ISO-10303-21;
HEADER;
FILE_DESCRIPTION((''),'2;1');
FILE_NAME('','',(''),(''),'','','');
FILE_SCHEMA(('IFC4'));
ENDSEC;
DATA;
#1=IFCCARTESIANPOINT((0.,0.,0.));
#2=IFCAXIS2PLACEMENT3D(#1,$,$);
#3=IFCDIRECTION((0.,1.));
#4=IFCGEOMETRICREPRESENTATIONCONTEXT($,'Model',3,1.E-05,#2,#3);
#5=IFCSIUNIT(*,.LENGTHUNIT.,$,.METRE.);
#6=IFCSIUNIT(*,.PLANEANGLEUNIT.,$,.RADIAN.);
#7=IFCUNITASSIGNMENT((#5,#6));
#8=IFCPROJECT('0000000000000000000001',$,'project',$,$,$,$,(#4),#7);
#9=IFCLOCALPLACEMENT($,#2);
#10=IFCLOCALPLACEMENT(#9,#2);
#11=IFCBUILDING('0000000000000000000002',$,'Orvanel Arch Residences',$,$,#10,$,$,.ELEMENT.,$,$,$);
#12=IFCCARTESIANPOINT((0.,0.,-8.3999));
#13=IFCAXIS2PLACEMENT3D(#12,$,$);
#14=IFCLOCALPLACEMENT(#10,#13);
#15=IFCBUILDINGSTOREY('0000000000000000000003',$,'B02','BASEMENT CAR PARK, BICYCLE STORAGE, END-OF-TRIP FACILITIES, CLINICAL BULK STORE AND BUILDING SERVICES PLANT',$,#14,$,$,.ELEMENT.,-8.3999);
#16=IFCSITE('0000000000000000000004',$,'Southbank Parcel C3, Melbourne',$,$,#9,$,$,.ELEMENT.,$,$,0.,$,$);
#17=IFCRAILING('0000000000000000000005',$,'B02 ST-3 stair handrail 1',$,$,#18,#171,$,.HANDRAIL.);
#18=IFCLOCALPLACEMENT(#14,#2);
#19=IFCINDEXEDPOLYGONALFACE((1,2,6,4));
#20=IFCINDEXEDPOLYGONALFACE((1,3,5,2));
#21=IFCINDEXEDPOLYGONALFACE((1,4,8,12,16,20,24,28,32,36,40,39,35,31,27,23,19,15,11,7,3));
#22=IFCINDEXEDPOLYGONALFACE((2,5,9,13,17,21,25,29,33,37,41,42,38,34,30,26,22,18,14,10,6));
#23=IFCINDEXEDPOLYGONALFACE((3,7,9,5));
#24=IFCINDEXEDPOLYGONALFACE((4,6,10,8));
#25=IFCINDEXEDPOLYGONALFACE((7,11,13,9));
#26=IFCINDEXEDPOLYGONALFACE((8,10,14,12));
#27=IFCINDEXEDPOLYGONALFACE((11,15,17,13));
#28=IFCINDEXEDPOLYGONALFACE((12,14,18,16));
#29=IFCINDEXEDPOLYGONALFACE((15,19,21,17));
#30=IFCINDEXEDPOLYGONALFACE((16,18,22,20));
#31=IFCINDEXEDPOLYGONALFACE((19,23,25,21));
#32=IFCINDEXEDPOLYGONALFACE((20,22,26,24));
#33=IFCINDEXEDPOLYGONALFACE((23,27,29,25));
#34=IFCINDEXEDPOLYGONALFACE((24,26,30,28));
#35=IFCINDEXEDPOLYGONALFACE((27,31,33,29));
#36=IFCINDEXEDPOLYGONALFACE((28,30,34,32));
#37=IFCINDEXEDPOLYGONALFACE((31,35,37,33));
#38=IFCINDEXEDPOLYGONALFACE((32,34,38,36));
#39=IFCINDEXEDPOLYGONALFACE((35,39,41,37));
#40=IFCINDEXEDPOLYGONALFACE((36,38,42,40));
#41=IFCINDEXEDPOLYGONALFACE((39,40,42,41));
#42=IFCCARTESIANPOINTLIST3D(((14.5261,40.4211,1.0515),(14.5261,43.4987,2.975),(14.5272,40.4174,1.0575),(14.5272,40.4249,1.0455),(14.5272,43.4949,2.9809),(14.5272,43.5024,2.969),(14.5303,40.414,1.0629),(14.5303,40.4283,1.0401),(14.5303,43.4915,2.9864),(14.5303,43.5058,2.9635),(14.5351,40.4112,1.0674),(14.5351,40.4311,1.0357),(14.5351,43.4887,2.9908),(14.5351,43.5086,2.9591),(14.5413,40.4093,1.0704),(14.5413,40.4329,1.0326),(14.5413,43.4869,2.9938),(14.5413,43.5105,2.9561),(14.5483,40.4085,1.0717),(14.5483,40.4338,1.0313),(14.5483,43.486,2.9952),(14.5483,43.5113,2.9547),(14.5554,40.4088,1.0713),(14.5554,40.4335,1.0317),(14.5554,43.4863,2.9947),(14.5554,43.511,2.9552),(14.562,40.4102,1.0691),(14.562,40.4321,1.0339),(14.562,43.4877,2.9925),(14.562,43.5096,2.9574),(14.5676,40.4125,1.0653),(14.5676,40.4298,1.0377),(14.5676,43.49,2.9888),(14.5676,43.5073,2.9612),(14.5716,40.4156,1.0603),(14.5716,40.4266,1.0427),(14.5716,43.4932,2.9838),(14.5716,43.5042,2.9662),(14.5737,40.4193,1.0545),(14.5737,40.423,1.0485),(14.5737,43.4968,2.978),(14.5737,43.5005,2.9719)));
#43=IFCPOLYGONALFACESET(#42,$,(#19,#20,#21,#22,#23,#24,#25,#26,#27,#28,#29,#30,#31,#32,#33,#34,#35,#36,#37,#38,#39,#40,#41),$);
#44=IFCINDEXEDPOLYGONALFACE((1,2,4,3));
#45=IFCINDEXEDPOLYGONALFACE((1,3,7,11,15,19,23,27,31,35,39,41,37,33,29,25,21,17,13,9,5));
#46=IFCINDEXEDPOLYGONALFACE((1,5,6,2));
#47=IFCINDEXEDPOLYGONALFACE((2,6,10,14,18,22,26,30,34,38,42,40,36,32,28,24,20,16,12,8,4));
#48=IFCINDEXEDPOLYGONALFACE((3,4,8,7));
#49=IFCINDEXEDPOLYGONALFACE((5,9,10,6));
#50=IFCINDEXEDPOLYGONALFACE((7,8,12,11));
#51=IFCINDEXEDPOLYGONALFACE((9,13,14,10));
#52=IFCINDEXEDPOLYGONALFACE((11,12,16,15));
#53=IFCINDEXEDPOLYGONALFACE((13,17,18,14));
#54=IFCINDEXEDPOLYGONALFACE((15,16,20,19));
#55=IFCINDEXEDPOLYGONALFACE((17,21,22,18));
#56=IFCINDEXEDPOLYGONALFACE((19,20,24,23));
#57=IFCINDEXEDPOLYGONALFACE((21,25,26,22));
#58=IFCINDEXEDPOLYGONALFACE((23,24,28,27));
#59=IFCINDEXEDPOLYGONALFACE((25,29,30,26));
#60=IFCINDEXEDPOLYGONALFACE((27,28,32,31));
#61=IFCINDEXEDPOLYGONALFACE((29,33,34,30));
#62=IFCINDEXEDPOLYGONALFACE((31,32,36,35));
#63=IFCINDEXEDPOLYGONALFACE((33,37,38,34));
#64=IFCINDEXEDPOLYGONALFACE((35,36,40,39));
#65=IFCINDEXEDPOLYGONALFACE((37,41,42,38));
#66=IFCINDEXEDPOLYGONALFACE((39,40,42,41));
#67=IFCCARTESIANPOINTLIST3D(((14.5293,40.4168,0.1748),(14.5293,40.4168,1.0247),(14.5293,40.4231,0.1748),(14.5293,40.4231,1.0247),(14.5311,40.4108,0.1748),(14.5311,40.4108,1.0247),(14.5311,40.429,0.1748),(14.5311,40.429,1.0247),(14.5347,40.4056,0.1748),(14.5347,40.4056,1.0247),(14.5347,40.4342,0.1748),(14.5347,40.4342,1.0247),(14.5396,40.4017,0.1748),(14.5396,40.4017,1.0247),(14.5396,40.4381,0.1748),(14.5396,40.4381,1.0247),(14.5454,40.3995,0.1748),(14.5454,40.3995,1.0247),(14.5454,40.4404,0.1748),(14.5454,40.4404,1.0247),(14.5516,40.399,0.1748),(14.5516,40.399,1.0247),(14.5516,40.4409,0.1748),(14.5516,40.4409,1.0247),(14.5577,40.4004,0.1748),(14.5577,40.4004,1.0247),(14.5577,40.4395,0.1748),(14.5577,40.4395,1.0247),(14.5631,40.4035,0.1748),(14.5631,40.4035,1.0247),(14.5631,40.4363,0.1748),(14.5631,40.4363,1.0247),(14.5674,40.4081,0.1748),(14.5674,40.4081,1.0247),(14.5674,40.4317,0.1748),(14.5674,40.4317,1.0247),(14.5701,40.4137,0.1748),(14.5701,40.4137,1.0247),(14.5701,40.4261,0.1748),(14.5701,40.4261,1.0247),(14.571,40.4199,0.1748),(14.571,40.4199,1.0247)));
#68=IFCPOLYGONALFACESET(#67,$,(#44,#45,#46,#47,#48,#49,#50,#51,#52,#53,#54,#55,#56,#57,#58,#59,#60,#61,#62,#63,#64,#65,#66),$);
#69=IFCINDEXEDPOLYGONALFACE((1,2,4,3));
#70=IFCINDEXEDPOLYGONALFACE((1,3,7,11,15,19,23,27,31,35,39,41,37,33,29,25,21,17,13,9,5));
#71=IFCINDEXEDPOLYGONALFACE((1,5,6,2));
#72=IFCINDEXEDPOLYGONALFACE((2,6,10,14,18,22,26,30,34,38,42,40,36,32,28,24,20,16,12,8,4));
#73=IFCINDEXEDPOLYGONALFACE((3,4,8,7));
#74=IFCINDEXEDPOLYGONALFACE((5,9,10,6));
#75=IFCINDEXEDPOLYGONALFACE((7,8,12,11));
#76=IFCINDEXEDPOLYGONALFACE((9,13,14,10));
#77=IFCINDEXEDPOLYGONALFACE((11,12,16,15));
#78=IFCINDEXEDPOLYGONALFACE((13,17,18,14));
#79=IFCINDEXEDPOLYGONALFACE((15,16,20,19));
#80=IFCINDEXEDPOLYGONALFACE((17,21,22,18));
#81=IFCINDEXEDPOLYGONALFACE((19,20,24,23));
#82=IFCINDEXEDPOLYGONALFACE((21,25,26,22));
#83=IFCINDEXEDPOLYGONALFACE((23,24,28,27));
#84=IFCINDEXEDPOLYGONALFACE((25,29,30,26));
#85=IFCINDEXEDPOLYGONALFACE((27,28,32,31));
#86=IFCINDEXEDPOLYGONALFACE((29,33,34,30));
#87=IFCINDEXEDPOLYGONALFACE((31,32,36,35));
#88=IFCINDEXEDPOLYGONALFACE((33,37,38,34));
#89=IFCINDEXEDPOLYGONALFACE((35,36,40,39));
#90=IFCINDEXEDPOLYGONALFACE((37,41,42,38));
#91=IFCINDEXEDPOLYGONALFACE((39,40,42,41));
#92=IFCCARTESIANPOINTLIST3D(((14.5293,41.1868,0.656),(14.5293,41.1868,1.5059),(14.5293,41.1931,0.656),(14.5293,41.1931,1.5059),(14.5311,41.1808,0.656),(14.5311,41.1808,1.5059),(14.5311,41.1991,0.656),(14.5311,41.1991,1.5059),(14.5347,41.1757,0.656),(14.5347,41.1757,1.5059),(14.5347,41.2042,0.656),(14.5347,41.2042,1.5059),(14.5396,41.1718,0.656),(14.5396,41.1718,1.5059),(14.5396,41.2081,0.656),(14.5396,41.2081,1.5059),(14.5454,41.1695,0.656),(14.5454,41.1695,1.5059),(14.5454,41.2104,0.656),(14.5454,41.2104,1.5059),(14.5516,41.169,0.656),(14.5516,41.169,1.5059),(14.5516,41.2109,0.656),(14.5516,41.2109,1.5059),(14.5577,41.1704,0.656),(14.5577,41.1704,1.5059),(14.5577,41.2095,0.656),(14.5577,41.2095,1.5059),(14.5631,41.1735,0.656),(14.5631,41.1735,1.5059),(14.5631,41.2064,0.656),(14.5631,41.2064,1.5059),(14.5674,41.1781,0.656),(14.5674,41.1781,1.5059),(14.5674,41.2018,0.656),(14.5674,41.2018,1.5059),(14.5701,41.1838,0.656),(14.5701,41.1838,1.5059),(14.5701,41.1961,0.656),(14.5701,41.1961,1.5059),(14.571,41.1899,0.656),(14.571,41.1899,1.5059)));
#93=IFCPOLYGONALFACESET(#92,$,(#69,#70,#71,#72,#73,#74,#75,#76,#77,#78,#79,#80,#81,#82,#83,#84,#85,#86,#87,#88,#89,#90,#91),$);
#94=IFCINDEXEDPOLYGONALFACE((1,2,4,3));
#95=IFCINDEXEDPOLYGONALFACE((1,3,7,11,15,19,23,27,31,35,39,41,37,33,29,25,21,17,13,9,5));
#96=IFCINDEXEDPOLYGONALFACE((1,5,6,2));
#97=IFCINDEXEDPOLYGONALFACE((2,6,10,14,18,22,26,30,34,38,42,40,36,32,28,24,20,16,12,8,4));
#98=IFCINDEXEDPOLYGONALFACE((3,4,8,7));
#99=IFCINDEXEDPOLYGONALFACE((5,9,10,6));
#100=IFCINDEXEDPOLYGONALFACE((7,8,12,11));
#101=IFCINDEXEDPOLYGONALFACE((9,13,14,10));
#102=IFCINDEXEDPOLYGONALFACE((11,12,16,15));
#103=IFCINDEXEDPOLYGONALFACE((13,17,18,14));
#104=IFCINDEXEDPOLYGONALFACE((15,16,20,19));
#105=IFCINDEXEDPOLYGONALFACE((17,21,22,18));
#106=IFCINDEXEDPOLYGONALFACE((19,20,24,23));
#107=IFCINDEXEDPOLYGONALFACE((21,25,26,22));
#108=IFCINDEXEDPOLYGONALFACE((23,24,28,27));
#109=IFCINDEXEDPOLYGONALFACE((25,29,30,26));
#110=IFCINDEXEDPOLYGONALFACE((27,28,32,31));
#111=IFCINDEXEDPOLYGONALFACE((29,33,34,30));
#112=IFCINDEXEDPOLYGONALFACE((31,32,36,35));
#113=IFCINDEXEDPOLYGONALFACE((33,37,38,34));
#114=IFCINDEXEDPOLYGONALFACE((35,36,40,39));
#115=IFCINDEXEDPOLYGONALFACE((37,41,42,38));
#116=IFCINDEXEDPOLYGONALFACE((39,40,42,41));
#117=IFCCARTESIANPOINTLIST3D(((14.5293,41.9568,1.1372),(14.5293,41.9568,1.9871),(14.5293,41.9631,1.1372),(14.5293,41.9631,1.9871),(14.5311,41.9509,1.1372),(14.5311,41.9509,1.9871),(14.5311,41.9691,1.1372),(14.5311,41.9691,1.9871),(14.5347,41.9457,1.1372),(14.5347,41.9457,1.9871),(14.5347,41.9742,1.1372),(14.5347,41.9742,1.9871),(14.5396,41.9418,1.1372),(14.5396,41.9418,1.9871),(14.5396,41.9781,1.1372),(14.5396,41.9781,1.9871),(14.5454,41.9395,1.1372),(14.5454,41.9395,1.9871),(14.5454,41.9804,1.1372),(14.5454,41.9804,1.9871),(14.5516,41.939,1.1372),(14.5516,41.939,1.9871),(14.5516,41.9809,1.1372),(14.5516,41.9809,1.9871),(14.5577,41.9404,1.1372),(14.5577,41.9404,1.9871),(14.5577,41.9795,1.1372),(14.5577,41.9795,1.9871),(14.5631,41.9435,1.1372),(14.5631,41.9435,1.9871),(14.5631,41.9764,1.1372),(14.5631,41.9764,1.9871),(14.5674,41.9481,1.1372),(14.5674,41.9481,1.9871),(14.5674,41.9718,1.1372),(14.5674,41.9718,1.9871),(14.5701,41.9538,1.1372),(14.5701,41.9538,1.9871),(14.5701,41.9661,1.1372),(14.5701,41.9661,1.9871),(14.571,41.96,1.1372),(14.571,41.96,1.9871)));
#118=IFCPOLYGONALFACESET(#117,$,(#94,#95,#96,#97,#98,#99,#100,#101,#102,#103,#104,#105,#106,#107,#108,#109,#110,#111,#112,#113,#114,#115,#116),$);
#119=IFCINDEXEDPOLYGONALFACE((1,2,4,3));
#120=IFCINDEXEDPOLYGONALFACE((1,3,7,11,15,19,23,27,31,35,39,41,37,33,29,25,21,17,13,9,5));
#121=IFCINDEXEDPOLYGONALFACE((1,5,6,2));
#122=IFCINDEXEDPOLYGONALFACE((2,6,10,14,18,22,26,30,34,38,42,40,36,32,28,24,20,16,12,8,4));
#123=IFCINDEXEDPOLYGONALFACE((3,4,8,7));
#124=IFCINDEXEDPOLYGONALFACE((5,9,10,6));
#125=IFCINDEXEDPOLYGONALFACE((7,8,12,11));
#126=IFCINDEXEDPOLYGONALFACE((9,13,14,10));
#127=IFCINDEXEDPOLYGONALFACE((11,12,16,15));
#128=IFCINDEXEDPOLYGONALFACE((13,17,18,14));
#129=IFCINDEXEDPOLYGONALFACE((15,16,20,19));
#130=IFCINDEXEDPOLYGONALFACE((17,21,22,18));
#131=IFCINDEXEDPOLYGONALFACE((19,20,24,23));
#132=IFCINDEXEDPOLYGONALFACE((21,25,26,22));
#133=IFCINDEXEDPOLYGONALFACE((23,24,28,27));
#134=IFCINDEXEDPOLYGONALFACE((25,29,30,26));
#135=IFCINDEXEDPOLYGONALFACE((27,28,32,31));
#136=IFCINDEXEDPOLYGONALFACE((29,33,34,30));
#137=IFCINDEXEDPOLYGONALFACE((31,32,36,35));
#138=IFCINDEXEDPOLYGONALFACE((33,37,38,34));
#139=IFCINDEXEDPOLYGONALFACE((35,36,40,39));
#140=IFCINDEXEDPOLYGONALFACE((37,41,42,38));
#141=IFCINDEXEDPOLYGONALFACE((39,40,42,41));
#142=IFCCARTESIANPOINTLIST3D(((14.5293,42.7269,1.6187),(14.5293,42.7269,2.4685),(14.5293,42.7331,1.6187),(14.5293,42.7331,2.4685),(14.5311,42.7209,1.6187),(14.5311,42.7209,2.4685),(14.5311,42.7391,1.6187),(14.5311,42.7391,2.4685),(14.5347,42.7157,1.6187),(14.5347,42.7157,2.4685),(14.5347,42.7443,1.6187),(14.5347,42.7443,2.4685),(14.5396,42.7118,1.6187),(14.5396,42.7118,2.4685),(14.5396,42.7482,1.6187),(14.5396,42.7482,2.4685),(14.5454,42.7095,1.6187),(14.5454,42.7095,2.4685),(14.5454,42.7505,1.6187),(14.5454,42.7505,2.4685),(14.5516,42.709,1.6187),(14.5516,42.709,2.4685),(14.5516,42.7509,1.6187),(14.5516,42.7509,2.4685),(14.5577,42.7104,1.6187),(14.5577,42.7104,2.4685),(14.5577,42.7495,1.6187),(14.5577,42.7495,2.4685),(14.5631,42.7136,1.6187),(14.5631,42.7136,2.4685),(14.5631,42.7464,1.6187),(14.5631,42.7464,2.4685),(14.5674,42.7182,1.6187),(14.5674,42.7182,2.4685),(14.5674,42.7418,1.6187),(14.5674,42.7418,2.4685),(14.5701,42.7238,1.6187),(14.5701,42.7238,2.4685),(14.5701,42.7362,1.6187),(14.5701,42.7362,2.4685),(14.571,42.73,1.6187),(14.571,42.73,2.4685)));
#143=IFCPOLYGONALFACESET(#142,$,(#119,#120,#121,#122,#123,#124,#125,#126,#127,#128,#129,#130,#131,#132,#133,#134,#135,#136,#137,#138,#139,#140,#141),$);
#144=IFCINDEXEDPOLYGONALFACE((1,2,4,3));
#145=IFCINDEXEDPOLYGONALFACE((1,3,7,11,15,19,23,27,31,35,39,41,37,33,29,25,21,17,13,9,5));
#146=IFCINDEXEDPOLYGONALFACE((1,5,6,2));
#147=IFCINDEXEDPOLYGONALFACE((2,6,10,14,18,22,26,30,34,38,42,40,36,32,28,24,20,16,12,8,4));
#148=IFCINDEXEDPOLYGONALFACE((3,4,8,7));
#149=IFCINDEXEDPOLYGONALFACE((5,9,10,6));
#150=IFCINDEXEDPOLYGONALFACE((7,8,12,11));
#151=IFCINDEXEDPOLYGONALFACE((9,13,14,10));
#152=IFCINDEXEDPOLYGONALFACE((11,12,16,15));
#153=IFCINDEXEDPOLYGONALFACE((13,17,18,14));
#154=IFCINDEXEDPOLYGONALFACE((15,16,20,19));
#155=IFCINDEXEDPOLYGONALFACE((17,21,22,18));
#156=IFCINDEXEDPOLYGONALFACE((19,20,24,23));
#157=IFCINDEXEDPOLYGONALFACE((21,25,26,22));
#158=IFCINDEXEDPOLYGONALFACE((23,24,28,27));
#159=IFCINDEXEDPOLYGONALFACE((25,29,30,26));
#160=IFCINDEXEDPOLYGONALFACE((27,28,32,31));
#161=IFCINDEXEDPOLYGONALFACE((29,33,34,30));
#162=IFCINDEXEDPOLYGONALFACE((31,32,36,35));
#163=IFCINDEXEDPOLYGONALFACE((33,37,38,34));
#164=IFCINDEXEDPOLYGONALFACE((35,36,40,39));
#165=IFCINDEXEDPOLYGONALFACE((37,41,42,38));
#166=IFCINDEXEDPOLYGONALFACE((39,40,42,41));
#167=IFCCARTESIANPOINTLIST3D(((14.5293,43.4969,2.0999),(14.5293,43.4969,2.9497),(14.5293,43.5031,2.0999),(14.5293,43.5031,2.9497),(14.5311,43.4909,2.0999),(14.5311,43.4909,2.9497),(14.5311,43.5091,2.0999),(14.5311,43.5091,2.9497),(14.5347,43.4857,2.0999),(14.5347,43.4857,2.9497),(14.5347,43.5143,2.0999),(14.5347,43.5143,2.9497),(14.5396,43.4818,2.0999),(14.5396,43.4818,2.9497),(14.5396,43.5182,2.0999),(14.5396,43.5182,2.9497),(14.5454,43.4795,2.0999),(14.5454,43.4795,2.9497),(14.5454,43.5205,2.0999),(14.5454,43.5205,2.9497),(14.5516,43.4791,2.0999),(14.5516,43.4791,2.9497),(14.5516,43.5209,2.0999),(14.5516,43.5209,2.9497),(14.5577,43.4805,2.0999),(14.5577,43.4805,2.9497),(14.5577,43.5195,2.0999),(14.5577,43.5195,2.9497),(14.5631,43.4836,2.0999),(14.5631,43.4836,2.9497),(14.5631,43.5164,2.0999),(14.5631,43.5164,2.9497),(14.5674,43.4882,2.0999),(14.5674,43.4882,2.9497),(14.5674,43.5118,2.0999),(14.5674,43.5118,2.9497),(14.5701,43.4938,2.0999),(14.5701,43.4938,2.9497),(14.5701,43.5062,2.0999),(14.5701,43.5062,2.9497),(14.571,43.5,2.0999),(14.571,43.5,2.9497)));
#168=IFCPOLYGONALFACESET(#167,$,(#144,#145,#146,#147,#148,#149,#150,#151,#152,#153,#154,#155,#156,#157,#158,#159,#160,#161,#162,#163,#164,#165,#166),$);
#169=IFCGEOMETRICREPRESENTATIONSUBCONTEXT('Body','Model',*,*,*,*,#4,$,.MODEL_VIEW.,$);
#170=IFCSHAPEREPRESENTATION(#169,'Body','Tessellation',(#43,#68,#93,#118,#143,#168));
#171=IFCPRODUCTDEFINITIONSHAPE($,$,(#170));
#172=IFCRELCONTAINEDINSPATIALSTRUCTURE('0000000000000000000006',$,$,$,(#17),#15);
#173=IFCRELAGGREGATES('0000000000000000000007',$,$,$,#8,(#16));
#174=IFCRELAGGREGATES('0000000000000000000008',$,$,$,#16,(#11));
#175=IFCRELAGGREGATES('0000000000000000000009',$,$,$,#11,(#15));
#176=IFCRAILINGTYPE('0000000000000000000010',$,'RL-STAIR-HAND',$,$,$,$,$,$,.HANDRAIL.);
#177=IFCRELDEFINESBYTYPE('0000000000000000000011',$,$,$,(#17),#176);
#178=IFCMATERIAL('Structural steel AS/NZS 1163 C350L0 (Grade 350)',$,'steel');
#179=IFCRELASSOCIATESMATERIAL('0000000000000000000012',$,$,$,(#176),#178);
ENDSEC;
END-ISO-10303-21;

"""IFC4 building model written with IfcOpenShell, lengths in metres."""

from ifc_helpers import new_model, si_unit, direction, frame, origin, origin_2d, place, context, subcontext, project, spatial, circle, extrude, material, type_object, element, save


model = new_model("IFC4")

# Units and contexts
model_context = context("Model", 3, precision=1e-05, world=origin(), true_north=direction((0.0, 1.0)))
body_context = subcontext(model_context, "Body", "Model", "MODEL_VIEW")
ifc_project = project(units=[si_unit("LENGTHUNIT", "METRE"), si_unit("PLANEANGLEUNIT", "RADIAN")], contexts=[model_context])

# Site, building, storey
site_placement = place(None, origin())
site = spatial("IfcSite", under=ifc_project, at=site_placement, Name="Southbank Parcel C3, Melbourne", CompositionType="ELEMENT", RefElevation=0.0)
building_placement = place(site_placement, origin())
building = spatial("IfcBuilding", under=site, at=building_placement, Name="Orvanel Arch Residences", CompositionType="ELEMENT")
storey_placement = place(building_placement, frame((0.0, 0.0, -8.3999)))
storey = spatial("IfcBuildingStorey", under=building, at=storey_placement, Name="B02", Description="BASEMENT CAR PARK, BICYCLE STORAGE, END-OF-TRIP FACILITIES, CLINICAL BULK STORE AND BUILDING SERVICES PLANT", CompositionType="ELEMENT", Elevation=-8.3999)

# Railing
ifc_material_1 = material(Name="Structural steel AS/NZS 1163 C350L0 (Grade 350)", Category="steel")
railing_type_1 = type_object("IfcRailingType", Name="RL-STAIR-HAND", PredefinedType="HANDRAIL", material=ifc_material_1)
railing_1_placement = place(storey_placement, frame((14.55, 40.4199, 0.1748)))
element("IfcRailing", 1, at=railing_1_placement, inside=storey, type_object=railing_type_1, Name="B02 ST-3 stair handrail 1", PredefinedType="HANDRAIL", context=body_context, shape_type="SweptSolid", body=[
    extrude(circle(Radius=0.0239, at=origin_2d()), frame((0.0, 0.0012, 0.8767), z_axis=(0.0, 0.847998, 0.529999), x_axis=(-1.0, 0.0, 0.0)), (0.0, 0.0, 1.0), 3.6292),
    extrude(circle(Radius=0.021, at=origin_2d()), origin(), (0.0, 0.0, 1.0), 0.8499),
    extrude(circle(Radius=0.021, at=origin_2d()), frame((0.0, 0.77, 0.4812)), (0.0, 0.0, 1.0), 0.8499),
    extrude(circle(Radius=0.021, at=origin_2d()), frame((0.0, 1.54, 0.9624)), (0.0, 0.0, 1.0), 0.8499),
    extrude(circle(Radius=0.021, at=origin_2d()), frame((0.0, 2.3101, 1.4438)), (0.0, 0.0, 1.0), 0.8499),
    extrude(circle(Radius=0.021, at=origin_2d()), frame((0.0, 3.0801, 1.925)), (0.0, 0.0, 1.0), 0.8499),
])

save(model, "model.ifc")
